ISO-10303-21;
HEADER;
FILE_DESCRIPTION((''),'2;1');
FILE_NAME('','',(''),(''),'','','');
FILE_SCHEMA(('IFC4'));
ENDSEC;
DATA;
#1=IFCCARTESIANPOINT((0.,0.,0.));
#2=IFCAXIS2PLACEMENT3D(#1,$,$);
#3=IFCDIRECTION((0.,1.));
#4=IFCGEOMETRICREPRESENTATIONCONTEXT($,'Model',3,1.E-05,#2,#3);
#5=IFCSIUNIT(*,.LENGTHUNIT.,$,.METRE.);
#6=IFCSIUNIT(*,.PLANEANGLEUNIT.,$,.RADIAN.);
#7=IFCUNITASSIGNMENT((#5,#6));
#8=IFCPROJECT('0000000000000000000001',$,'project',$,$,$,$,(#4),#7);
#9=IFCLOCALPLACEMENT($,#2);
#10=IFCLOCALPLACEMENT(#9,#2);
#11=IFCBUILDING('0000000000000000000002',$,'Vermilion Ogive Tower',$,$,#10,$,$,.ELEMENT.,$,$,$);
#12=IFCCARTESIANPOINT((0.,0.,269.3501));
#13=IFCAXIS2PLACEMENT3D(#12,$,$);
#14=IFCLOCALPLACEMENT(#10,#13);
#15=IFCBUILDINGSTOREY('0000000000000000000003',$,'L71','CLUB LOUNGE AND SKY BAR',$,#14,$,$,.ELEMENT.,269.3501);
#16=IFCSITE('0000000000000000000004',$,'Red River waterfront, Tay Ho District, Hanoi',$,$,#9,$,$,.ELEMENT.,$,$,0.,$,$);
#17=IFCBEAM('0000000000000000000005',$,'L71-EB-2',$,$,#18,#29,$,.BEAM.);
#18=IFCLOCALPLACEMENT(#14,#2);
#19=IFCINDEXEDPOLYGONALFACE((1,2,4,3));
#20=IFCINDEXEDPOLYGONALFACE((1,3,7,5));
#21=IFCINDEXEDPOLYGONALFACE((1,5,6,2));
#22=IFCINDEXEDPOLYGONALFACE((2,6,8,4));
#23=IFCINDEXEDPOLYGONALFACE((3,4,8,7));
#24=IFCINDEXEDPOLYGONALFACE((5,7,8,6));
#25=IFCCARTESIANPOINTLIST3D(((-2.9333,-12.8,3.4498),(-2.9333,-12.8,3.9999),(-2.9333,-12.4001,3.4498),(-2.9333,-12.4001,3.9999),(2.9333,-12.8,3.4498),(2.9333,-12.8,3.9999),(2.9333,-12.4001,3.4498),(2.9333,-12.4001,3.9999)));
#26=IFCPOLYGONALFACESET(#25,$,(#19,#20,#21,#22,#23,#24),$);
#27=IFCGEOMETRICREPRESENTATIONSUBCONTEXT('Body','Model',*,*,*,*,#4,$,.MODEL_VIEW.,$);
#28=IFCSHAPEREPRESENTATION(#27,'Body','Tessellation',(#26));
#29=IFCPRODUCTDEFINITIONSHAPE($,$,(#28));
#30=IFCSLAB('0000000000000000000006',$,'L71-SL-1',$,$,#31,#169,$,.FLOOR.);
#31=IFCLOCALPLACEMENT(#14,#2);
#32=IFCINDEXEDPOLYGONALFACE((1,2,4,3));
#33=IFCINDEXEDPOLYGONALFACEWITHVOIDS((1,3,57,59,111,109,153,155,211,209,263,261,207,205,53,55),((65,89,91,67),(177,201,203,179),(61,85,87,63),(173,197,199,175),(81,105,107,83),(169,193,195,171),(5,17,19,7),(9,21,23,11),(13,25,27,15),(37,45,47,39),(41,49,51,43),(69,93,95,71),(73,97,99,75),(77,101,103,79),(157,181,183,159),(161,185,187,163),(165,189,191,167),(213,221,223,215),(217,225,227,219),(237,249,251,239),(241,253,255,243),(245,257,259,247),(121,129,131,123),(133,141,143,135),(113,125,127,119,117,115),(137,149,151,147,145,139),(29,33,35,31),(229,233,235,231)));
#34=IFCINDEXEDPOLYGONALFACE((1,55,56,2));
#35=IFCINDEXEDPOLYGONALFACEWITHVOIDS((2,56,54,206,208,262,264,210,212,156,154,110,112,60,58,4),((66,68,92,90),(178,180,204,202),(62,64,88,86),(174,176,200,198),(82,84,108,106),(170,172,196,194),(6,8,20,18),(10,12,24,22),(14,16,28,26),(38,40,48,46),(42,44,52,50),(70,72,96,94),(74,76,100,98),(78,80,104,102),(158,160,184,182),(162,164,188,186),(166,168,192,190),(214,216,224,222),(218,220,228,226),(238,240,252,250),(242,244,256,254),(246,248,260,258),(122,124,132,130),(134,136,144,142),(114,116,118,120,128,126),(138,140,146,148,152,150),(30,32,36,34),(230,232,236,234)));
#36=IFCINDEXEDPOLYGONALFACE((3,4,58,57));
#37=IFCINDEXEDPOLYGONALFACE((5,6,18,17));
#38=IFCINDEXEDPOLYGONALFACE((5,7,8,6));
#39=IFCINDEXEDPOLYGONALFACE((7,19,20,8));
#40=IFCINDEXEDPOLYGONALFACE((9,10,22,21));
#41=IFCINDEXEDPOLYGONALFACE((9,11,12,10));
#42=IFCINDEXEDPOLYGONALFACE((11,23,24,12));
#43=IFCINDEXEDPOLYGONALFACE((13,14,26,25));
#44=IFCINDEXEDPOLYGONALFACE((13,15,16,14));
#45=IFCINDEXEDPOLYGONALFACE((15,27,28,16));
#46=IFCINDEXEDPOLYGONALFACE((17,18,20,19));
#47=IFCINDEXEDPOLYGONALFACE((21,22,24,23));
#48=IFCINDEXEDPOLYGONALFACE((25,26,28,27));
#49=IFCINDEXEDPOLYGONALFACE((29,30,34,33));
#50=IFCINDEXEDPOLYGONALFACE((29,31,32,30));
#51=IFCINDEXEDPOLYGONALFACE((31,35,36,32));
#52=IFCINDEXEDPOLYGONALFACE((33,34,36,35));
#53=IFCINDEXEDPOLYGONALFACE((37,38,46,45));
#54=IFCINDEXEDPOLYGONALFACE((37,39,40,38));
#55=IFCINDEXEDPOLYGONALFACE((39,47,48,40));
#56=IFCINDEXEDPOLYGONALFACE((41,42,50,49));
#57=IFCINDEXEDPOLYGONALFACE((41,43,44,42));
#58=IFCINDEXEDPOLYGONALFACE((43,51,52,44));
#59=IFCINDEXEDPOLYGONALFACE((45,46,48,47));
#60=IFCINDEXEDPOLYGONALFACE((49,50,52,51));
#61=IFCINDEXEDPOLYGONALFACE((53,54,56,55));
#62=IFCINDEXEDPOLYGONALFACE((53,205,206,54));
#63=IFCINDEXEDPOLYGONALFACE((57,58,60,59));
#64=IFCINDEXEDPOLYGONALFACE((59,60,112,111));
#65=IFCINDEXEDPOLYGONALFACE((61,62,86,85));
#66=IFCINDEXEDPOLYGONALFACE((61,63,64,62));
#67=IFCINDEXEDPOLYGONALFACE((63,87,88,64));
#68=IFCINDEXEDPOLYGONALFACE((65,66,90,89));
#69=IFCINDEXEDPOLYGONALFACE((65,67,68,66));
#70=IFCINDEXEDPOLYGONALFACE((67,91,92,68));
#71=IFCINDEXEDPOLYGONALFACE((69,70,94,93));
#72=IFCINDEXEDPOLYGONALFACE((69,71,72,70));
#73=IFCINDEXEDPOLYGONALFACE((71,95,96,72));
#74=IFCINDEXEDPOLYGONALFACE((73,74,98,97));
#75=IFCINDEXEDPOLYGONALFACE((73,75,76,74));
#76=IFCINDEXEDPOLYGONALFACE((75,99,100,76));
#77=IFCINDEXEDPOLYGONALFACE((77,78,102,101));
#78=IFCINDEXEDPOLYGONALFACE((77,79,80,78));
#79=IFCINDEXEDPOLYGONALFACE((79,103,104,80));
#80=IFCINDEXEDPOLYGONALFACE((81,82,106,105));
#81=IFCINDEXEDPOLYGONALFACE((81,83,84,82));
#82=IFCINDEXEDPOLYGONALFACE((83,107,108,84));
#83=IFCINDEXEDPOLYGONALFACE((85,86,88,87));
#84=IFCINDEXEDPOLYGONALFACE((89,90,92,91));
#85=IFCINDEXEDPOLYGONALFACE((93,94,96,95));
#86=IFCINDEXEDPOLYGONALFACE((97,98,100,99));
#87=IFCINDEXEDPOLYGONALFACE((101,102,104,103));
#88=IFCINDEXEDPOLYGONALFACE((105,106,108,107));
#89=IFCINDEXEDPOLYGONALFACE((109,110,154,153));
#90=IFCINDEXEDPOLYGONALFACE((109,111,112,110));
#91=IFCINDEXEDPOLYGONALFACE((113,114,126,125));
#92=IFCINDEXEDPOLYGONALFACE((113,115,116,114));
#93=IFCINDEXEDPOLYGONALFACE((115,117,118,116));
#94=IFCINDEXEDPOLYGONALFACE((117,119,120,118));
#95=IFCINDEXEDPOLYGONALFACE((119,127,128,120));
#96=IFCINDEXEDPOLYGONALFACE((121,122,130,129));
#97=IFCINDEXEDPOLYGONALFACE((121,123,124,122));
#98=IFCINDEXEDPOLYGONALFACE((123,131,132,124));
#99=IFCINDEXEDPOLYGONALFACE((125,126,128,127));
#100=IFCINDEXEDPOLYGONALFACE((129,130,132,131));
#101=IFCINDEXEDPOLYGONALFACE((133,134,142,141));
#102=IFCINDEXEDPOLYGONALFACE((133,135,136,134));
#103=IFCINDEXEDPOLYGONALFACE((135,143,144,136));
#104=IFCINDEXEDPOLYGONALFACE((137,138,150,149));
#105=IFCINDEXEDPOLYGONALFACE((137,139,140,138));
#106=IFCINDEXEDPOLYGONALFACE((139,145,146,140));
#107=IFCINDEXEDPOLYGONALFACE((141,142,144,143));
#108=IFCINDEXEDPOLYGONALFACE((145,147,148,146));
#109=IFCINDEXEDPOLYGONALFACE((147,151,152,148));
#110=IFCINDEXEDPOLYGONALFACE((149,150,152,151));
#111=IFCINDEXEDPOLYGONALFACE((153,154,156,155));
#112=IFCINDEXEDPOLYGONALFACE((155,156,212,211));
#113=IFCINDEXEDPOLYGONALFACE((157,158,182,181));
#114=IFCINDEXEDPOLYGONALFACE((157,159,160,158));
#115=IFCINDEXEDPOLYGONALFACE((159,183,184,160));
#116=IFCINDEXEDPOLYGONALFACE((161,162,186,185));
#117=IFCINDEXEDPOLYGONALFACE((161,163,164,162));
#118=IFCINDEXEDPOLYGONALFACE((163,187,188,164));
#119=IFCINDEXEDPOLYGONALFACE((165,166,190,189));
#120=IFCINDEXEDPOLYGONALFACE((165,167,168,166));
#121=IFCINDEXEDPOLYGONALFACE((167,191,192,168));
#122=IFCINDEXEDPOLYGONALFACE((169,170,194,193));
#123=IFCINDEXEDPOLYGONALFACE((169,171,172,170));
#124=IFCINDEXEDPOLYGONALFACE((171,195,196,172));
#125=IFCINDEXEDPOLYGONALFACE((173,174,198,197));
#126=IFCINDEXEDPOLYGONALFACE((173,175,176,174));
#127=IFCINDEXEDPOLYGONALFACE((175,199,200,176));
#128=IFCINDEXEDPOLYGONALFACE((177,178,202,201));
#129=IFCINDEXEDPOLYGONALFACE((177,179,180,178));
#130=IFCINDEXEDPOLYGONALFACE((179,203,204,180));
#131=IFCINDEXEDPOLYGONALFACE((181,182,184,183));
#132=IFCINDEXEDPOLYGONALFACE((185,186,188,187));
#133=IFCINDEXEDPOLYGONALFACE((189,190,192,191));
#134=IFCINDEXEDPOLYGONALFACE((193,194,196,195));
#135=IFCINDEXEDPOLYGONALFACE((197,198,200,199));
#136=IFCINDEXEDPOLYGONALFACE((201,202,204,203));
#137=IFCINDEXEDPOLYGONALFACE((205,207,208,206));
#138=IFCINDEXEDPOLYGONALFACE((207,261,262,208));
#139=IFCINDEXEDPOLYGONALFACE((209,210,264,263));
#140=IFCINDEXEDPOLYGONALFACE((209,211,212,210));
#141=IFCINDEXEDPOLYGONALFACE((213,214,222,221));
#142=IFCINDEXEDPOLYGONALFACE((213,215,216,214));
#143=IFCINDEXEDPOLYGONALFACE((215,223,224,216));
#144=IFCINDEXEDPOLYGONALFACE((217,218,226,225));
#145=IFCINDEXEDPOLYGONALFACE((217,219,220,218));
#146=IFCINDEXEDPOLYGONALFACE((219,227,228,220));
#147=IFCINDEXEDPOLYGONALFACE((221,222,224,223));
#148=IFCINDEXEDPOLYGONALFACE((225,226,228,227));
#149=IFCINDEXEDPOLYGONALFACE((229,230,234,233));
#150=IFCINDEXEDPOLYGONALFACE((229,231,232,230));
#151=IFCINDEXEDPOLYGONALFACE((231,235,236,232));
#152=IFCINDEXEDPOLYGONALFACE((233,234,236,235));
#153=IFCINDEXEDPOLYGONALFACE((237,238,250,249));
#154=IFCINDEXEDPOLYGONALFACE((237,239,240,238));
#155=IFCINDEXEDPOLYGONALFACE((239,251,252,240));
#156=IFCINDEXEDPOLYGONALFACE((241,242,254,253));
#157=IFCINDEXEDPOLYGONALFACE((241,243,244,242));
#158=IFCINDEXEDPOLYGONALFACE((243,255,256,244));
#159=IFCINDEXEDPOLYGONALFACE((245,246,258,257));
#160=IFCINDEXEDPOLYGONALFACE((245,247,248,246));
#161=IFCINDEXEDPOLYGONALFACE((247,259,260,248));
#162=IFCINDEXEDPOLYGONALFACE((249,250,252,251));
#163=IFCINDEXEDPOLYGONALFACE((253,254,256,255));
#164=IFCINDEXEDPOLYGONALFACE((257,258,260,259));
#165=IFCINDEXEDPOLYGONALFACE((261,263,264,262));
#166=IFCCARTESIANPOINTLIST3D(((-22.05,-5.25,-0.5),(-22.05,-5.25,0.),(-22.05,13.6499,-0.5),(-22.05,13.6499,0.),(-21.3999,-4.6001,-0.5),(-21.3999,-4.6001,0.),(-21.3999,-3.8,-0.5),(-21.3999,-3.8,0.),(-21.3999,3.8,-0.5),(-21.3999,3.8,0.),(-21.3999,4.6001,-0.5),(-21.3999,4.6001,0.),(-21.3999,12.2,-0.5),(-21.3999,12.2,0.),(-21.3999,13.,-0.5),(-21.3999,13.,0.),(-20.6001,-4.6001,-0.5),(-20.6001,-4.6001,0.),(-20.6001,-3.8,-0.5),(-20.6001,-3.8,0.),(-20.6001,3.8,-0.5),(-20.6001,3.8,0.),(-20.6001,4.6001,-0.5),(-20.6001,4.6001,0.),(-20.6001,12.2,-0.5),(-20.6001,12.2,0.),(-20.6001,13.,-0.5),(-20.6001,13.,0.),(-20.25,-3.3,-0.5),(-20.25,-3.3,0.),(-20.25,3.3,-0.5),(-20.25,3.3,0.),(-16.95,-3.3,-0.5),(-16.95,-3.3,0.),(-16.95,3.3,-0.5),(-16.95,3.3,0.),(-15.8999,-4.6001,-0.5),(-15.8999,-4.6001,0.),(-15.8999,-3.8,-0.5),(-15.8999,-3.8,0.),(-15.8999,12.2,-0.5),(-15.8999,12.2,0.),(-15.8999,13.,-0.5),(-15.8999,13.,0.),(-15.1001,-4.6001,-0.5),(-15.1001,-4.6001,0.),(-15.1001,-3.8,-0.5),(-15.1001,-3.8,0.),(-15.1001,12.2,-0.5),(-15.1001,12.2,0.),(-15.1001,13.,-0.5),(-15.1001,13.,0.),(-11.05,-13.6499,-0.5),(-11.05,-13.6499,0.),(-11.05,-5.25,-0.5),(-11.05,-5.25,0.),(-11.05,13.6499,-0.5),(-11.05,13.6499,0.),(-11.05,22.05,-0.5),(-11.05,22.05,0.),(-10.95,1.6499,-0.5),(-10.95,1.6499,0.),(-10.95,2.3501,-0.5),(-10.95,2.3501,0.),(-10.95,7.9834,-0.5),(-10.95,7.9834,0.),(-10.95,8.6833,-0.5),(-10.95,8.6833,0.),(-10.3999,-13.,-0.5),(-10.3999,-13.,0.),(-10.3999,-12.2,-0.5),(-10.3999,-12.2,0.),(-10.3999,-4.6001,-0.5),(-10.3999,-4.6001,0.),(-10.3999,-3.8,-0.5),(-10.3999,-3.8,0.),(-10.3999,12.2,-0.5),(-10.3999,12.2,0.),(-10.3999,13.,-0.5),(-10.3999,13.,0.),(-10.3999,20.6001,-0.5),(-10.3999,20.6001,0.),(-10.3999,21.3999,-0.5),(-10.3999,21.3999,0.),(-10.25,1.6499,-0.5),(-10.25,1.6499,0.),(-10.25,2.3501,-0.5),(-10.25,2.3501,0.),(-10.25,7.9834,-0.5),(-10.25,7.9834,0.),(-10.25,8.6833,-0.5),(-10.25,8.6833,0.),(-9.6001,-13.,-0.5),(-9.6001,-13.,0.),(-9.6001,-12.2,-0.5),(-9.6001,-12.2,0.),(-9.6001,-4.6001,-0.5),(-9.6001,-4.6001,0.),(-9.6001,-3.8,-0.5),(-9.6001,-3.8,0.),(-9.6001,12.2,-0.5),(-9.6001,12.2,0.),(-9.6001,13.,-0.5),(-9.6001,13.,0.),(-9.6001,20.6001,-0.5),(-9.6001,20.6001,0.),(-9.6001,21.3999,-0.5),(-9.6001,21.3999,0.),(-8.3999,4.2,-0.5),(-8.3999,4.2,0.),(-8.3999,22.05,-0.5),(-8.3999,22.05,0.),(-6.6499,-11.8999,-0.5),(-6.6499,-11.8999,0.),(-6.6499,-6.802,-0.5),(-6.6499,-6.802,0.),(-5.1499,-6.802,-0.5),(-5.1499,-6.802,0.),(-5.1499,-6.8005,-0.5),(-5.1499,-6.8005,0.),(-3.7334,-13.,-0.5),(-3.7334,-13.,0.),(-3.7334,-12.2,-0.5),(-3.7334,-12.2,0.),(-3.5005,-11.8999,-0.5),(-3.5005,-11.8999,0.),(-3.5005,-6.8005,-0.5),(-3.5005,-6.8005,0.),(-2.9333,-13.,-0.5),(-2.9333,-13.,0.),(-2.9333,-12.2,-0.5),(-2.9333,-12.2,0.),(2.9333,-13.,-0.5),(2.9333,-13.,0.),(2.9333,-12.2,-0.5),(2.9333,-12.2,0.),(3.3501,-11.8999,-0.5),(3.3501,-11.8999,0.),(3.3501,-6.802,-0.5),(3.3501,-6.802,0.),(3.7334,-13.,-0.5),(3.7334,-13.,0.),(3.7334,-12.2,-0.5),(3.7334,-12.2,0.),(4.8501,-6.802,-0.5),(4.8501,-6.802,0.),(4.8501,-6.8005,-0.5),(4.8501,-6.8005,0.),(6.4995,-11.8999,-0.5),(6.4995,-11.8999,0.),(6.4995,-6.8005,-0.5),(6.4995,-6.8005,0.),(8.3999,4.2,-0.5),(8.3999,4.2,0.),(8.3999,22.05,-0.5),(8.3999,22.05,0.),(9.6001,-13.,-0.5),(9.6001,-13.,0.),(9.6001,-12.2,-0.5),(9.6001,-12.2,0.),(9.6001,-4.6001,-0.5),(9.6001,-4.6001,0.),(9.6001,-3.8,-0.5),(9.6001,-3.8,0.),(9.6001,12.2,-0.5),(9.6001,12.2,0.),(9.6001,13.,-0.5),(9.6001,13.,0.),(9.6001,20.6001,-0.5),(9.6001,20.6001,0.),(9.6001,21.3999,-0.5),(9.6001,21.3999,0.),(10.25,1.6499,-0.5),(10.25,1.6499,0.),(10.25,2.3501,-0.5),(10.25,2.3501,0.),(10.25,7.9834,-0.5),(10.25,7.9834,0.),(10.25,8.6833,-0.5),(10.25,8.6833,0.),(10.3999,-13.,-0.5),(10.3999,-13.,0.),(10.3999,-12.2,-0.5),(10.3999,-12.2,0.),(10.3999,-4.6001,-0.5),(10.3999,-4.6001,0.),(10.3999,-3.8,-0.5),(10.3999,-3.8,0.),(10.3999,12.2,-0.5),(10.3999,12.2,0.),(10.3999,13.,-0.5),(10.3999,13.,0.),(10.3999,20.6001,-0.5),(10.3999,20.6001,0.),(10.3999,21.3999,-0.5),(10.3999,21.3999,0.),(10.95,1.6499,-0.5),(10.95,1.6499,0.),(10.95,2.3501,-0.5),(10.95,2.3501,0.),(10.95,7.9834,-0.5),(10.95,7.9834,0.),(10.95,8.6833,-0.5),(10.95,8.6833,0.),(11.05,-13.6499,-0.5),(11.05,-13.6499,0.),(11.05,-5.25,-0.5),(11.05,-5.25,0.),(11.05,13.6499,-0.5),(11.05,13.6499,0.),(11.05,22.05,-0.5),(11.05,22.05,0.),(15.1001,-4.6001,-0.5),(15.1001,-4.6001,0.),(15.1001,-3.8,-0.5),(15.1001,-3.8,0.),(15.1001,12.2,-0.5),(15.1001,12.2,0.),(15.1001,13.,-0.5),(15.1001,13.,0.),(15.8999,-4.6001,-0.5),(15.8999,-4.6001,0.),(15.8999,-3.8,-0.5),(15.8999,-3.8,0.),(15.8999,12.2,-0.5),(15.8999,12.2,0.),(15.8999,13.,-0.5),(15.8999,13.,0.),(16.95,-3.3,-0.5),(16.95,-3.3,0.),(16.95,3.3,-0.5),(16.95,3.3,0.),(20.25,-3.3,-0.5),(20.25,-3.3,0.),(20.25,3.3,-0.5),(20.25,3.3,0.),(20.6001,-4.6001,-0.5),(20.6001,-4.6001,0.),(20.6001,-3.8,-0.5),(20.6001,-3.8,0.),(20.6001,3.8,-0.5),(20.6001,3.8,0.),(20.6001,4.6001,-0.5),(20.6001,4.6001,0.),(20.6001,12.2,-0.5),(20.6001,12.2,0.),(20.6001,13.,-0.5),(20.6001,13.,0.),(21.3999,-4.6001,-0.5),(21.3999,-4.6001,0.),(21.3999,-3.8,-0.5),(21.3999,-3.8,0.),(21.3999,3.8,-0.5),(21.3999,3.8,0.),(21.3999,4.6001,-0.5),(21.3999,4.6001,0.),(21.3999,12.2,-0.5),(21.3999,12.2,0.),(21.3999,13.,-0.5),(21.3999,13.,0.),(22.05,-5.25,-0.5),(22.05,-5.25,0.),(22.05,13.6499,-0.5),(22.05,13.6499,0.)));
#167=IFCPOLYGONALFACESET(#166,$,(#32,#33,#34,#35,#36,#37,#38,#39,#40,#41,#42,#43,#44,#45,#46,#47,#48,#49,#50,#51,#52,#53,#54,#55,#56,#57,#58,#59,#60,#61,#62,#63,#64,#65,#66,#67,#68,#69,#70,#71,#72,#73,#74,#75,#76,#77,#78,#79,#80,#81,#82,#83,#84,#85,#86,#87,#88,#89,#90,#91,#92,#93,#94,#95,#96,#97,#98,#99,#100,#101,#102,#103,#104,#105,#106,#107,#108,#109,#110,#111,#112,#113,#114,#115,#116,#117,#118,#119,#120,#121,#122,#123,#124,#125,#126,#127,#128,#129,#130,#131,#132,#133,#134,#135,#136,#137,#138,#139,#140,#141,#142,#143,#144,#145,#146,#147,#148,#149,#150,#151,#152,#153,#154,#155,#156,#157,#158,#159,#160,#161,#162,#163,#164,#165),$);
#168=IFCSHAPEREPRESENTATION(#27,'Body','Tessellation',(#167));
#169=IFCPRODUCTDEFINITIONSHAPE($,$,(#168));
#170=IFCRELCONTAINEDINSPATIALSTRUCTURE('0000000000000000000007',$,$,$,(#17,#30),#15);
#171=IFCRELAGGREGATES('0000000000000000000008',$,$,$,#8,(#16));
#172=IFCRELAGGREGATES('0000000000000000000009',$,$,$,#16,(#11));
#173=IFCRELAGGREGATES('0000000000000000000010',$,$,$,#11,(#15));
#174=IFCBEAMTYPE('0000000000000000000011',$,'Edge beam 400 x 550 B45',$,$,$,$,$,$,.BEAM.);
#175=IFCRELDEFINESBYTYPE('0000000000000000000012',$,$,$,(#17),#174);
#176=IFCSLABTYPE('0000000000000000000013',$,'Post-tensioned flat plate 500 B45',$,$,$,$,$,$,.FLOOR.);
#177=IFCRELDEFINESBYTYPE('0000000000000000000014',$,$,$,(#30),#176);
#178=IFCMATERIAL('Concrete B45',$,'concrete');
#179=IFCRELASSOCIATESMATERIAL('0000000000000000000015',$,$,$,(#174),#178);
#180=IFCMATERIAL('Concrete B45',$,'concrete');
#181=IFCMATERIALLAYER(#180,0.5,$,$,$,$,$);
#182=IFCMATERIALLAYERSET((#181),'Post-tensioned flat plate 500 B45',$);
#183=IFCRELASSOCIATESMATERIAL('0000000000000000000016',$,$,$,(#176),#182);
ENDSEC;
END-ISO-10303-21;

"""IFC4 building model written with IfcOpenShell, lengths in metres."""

from ifc_helpers import new_model, si_unit, direction, frame, origin, origin_2d, place, context, subcontext, project, spatial, polyline, rectangle, outline, extrude, material, layer, layer_set, material_profile, profile_set, type_object, element, save


model = new_model("IFC4")

# Units and contexts
model_context = context("Model", 3, precision=1e-05, world=origin(), true_north=direction((0.0, 1.0)))
body_context = subcontext(model_context, "Body", "Model", "MODEL_VIEW")
ifc_project = project(units=[si_unit("LENGTHUNIT", "METRE"), si_unit("PLANEANGLEUNIT", "RADIAN")], contexts=[model_context])

# Site, building, storey
site_placement = place(None, origin())
site = spatial("IfcSite", under=ifc_project, at=site_placement, Name="Red River waterfront, Tay Ho District, Hanoi", CompositionType="ELEMENT", RefElevation=0.0)
building_placement = place(site_placement, origin())
building = spatial("IfcBuilding", under=site, at=building_placement, Name="Vermilion Ogive Tower", CompositionType="ELEMENT")
storey_placement = place(building_placement, frame((0.0, 0.0, 269.3501)))
storey = spatial("IfcBuildingStorey", under=building, at=storey_placement, Name="L71", Description="CLUB LOUNGE AND SKY BAR", CompositionType="ELEMENT", Elevation=269.3501)

# Beam
ifc_material_1 = material(Name="Concrete B45", Category="concrete")
ifc_material_profile = material_profile(ifc_material_1, rectangle(XDim=0.3999, YDim=0.55, at=origin_2d()), Name="400 x 550")
ifc_profile_set = profile_set([ifc_material_profile], Name="Concrete B45")
beam_type = type_object("IfcBeamType", Name="Edge beam 400 x 550 B45", PredefinedType="BEAM", material=ifc_profile_set)
beam_placement = place(storey_placement, frame((-2.9333, -12.6001, 3.7249), z_axis=(1.0, 0.0, 0.0), x_axis=(0.0, 1.0, 0.0)))
element("IfcBeam", 1, at=beam_placement, inside=storey, type_object=beam_type, Name="L71-EB-2", PredefinedType="BEAM", context=body_context, shape_type="SweptSolid", body=[
    extrude(rectangle(XDim=0.3999, YDim=0.55, at=origin_2d()), origin(), (0.0, 0.0, 1.0), 5.8667),
])

# Slab
ifc_material_2 = material(Name="Concrete B45", Category="concrete")
ifc_layer_1 = layer(ifc_material_2, 0.5)
ifc_layer_set_1 = layer_set([ifc_layer_1], Name="Post-tensioned flat plate 500 B45")
slab_type = type_object("IfcSlabType", Name="Post-tensioned flat plate 500 B45", PredefinedType="FLOOR", material=ifc_layer_set_1)
slab_1_placement = place(storey_placement, frame((0.0, 0.0, -0.5)))
element("IfcSlab", 2, at=slab_1_placement, inside=storey, type_object=slab_type, Name="L71-SL-1", PredefinedType="FLOOR", context=body_context, shape_type="SweptSolid", body=[
    extrude(outline(polyline([(-22.05, 13.6499), (-22.05, -5.25), (-11.05, -5.25), (-11.05, -13.6499), (11.05, -13.6499), (11.05, -5.25), (22.05, -5.25), (22.05, 13.6499), (11.05, 13.6499), (11.05, 22.05), (8.3999, 22.05), (8.3999, 4.2), (-8.3999, 4.2), (-8.3999, 22.05), (-11.05, 22.05), (-11.05, 13.6499), (-22.05, 13.6499)]), holes=[polyline([(20.6001, 13.0), (21.3999, 13.0), (21.3999, 12.2), (20.6001, 12.2), (20.6001, 13.0)]), polyline([(20.6001, 4.6001), (21.3999, 4.6001), (21.3999, 3.8), (20.6001, 3.8), (20.6001, 4.6001)]), polyline([(20.6001, -3.8), (21.3999, -3.8), (21.3999, -4.6001), (20.6001, -4.6001), (20.6001, -3.8)]), polyline([(16.95, 3.3), (20.25, 3.3), (20.25, -3.3), (16.95, -3.3), (16.95, 3.3)]), polyline([(15.1001, 13.0), (15.8999, 13.0), (15.8999, 12.2), (15.1001, 12.2), (15.1001, 13.0)]), polyline([(15.1001, -3.8), (15.8999, -3.8), (15.8999, -4.6001), (15.1001, -4.6001), (15.1001, -3.8)]), polyline([(10.25, 8.6833), (10.95, 8.6833), (10.95, 7.9834), (10.25, 7.9834), (10.25, 8.6833)]), polyline([(10.25, 2.3501), (10.95, 2.3501), (10.95, 1.6499), (10.25, 1.6499), (10.25, 2.3501)]), polyline([(9.6001, 13.0), (10.3999, 13.0), (10.3999, 12.2), (9.6001, 12.2), (9.6001, 13.0)]), polyline([(9.6001, -3.8), (10.3999, -3.8), (10.3999, -4.6001), (9.6001, -4.6001), (9.6001, -3.8)]), polyline([(9.6001, -12.2), (10.3999, -12.2), (10.3999, -13.0), (9.6001, -13.0), (9.6001, -12.2)]), polyline([(10.3999, 21.3999), (10.3999, 20.6001), (9.6001, 20.6001), (9.6001, 21.3999), (10.3999, 21.3999)]), polyline([(2.9333, -12.2), (3.7334, -12.2), (3.7334, -13.0), (2.9333, -13.0), (2.9333, -12.2)]), polyline([(-3.7334, -12.2), (-2.9333, -12.2), (-2.9333, -13.0), (-3.7334, -13.0), (-3.7334, -12.2)]), polyline([(-10.3999, 21.3999), (-9.6001, 21.3999), (-9.6001, 20.6001), (-10.3999, 20.6001), (-10.3999, 21.3999)]), polyline([(-10.3999, 13.0), (-9.6001, 13.0), (-9.6001, 12.2), (-10.3999, 12.2), (-10.3999, 13.0)]), polyline([(-10.3999, -3.8), (-9.6001, -3.8), (-9.6001, -4.6001), (-10.3999, -4.6001), (-10.3999, -3.8)]), polyline([(-10.3999, -12.2), (-9.6001, -12.2), (-9.6001, -13.0), (-10.3999, -13.0), (-10.3999, -12.2)]), polyline([(-10.95, 8.6833), (-10.25, 8.6833), (-10.25, 7.9834), (-10.95, 7.9834), (-10.95, 8.6833)]), polyline([(-10.95, 2.3501), (-10.25, 2.3501), (-10.25, 1.6499), (-10.95, 1.6499), (-10.95, 2.3501)]), polyline([(-15.8999, 13.0), (-15.1001, 13.0), (-15.1001, 12.2), (-15.8999, 12.2), (-15.8999, 13.0)]), polyline([(-15.8999, -3.8), (-15.1001, -3.8), (-15.1001, -4.6001), (-15.8999, -4.6001), (-15.8999, -3.8)]), polyline([(-20.25, 3.3), (-16.95, 3.3), (-16.95, -3.3), (-20.25, -3.3), (-20.25, 3.3)]), polyline([(-21.3999, -3.8), (-20.6001, -3.8), (-20.6001, -4.6001), (-21.3999, -4.6001), (-21.3999, -3.8)]), polyline([(-21.3999, 13.0), (-20.6001, 13.0), (-20.6001, 12.2), (-21.3999, 12.2), (-21.3999, 13.0)]), polyline([(-21.3999, 4.6001), (-20.6001, 4.6001), (-20.6001, 3.8), (-21.3999, 3.8), (-21.3999, 4.6001)]), polyline([(6.4995, -11.8999), (3.3501, -11.8999), (3.3501, -6.802), (4.8501, -6.802), (4.8501, -6.8005), (6.4995, -6.8005), (6.4995, -11.8999)]), polyline([(-6.6499, -11.8999), (-6.6499, -6.802), (-5.1499, -6.802), (-5.1499, -6.8005), (-3.5005, -6.8005), (-3.5005, -11.8999), (-6.6499, -11.8999)])]), origin(), (0.0, 0.0, 1.0), 0.5),
])

save(model, "model.ifc")
